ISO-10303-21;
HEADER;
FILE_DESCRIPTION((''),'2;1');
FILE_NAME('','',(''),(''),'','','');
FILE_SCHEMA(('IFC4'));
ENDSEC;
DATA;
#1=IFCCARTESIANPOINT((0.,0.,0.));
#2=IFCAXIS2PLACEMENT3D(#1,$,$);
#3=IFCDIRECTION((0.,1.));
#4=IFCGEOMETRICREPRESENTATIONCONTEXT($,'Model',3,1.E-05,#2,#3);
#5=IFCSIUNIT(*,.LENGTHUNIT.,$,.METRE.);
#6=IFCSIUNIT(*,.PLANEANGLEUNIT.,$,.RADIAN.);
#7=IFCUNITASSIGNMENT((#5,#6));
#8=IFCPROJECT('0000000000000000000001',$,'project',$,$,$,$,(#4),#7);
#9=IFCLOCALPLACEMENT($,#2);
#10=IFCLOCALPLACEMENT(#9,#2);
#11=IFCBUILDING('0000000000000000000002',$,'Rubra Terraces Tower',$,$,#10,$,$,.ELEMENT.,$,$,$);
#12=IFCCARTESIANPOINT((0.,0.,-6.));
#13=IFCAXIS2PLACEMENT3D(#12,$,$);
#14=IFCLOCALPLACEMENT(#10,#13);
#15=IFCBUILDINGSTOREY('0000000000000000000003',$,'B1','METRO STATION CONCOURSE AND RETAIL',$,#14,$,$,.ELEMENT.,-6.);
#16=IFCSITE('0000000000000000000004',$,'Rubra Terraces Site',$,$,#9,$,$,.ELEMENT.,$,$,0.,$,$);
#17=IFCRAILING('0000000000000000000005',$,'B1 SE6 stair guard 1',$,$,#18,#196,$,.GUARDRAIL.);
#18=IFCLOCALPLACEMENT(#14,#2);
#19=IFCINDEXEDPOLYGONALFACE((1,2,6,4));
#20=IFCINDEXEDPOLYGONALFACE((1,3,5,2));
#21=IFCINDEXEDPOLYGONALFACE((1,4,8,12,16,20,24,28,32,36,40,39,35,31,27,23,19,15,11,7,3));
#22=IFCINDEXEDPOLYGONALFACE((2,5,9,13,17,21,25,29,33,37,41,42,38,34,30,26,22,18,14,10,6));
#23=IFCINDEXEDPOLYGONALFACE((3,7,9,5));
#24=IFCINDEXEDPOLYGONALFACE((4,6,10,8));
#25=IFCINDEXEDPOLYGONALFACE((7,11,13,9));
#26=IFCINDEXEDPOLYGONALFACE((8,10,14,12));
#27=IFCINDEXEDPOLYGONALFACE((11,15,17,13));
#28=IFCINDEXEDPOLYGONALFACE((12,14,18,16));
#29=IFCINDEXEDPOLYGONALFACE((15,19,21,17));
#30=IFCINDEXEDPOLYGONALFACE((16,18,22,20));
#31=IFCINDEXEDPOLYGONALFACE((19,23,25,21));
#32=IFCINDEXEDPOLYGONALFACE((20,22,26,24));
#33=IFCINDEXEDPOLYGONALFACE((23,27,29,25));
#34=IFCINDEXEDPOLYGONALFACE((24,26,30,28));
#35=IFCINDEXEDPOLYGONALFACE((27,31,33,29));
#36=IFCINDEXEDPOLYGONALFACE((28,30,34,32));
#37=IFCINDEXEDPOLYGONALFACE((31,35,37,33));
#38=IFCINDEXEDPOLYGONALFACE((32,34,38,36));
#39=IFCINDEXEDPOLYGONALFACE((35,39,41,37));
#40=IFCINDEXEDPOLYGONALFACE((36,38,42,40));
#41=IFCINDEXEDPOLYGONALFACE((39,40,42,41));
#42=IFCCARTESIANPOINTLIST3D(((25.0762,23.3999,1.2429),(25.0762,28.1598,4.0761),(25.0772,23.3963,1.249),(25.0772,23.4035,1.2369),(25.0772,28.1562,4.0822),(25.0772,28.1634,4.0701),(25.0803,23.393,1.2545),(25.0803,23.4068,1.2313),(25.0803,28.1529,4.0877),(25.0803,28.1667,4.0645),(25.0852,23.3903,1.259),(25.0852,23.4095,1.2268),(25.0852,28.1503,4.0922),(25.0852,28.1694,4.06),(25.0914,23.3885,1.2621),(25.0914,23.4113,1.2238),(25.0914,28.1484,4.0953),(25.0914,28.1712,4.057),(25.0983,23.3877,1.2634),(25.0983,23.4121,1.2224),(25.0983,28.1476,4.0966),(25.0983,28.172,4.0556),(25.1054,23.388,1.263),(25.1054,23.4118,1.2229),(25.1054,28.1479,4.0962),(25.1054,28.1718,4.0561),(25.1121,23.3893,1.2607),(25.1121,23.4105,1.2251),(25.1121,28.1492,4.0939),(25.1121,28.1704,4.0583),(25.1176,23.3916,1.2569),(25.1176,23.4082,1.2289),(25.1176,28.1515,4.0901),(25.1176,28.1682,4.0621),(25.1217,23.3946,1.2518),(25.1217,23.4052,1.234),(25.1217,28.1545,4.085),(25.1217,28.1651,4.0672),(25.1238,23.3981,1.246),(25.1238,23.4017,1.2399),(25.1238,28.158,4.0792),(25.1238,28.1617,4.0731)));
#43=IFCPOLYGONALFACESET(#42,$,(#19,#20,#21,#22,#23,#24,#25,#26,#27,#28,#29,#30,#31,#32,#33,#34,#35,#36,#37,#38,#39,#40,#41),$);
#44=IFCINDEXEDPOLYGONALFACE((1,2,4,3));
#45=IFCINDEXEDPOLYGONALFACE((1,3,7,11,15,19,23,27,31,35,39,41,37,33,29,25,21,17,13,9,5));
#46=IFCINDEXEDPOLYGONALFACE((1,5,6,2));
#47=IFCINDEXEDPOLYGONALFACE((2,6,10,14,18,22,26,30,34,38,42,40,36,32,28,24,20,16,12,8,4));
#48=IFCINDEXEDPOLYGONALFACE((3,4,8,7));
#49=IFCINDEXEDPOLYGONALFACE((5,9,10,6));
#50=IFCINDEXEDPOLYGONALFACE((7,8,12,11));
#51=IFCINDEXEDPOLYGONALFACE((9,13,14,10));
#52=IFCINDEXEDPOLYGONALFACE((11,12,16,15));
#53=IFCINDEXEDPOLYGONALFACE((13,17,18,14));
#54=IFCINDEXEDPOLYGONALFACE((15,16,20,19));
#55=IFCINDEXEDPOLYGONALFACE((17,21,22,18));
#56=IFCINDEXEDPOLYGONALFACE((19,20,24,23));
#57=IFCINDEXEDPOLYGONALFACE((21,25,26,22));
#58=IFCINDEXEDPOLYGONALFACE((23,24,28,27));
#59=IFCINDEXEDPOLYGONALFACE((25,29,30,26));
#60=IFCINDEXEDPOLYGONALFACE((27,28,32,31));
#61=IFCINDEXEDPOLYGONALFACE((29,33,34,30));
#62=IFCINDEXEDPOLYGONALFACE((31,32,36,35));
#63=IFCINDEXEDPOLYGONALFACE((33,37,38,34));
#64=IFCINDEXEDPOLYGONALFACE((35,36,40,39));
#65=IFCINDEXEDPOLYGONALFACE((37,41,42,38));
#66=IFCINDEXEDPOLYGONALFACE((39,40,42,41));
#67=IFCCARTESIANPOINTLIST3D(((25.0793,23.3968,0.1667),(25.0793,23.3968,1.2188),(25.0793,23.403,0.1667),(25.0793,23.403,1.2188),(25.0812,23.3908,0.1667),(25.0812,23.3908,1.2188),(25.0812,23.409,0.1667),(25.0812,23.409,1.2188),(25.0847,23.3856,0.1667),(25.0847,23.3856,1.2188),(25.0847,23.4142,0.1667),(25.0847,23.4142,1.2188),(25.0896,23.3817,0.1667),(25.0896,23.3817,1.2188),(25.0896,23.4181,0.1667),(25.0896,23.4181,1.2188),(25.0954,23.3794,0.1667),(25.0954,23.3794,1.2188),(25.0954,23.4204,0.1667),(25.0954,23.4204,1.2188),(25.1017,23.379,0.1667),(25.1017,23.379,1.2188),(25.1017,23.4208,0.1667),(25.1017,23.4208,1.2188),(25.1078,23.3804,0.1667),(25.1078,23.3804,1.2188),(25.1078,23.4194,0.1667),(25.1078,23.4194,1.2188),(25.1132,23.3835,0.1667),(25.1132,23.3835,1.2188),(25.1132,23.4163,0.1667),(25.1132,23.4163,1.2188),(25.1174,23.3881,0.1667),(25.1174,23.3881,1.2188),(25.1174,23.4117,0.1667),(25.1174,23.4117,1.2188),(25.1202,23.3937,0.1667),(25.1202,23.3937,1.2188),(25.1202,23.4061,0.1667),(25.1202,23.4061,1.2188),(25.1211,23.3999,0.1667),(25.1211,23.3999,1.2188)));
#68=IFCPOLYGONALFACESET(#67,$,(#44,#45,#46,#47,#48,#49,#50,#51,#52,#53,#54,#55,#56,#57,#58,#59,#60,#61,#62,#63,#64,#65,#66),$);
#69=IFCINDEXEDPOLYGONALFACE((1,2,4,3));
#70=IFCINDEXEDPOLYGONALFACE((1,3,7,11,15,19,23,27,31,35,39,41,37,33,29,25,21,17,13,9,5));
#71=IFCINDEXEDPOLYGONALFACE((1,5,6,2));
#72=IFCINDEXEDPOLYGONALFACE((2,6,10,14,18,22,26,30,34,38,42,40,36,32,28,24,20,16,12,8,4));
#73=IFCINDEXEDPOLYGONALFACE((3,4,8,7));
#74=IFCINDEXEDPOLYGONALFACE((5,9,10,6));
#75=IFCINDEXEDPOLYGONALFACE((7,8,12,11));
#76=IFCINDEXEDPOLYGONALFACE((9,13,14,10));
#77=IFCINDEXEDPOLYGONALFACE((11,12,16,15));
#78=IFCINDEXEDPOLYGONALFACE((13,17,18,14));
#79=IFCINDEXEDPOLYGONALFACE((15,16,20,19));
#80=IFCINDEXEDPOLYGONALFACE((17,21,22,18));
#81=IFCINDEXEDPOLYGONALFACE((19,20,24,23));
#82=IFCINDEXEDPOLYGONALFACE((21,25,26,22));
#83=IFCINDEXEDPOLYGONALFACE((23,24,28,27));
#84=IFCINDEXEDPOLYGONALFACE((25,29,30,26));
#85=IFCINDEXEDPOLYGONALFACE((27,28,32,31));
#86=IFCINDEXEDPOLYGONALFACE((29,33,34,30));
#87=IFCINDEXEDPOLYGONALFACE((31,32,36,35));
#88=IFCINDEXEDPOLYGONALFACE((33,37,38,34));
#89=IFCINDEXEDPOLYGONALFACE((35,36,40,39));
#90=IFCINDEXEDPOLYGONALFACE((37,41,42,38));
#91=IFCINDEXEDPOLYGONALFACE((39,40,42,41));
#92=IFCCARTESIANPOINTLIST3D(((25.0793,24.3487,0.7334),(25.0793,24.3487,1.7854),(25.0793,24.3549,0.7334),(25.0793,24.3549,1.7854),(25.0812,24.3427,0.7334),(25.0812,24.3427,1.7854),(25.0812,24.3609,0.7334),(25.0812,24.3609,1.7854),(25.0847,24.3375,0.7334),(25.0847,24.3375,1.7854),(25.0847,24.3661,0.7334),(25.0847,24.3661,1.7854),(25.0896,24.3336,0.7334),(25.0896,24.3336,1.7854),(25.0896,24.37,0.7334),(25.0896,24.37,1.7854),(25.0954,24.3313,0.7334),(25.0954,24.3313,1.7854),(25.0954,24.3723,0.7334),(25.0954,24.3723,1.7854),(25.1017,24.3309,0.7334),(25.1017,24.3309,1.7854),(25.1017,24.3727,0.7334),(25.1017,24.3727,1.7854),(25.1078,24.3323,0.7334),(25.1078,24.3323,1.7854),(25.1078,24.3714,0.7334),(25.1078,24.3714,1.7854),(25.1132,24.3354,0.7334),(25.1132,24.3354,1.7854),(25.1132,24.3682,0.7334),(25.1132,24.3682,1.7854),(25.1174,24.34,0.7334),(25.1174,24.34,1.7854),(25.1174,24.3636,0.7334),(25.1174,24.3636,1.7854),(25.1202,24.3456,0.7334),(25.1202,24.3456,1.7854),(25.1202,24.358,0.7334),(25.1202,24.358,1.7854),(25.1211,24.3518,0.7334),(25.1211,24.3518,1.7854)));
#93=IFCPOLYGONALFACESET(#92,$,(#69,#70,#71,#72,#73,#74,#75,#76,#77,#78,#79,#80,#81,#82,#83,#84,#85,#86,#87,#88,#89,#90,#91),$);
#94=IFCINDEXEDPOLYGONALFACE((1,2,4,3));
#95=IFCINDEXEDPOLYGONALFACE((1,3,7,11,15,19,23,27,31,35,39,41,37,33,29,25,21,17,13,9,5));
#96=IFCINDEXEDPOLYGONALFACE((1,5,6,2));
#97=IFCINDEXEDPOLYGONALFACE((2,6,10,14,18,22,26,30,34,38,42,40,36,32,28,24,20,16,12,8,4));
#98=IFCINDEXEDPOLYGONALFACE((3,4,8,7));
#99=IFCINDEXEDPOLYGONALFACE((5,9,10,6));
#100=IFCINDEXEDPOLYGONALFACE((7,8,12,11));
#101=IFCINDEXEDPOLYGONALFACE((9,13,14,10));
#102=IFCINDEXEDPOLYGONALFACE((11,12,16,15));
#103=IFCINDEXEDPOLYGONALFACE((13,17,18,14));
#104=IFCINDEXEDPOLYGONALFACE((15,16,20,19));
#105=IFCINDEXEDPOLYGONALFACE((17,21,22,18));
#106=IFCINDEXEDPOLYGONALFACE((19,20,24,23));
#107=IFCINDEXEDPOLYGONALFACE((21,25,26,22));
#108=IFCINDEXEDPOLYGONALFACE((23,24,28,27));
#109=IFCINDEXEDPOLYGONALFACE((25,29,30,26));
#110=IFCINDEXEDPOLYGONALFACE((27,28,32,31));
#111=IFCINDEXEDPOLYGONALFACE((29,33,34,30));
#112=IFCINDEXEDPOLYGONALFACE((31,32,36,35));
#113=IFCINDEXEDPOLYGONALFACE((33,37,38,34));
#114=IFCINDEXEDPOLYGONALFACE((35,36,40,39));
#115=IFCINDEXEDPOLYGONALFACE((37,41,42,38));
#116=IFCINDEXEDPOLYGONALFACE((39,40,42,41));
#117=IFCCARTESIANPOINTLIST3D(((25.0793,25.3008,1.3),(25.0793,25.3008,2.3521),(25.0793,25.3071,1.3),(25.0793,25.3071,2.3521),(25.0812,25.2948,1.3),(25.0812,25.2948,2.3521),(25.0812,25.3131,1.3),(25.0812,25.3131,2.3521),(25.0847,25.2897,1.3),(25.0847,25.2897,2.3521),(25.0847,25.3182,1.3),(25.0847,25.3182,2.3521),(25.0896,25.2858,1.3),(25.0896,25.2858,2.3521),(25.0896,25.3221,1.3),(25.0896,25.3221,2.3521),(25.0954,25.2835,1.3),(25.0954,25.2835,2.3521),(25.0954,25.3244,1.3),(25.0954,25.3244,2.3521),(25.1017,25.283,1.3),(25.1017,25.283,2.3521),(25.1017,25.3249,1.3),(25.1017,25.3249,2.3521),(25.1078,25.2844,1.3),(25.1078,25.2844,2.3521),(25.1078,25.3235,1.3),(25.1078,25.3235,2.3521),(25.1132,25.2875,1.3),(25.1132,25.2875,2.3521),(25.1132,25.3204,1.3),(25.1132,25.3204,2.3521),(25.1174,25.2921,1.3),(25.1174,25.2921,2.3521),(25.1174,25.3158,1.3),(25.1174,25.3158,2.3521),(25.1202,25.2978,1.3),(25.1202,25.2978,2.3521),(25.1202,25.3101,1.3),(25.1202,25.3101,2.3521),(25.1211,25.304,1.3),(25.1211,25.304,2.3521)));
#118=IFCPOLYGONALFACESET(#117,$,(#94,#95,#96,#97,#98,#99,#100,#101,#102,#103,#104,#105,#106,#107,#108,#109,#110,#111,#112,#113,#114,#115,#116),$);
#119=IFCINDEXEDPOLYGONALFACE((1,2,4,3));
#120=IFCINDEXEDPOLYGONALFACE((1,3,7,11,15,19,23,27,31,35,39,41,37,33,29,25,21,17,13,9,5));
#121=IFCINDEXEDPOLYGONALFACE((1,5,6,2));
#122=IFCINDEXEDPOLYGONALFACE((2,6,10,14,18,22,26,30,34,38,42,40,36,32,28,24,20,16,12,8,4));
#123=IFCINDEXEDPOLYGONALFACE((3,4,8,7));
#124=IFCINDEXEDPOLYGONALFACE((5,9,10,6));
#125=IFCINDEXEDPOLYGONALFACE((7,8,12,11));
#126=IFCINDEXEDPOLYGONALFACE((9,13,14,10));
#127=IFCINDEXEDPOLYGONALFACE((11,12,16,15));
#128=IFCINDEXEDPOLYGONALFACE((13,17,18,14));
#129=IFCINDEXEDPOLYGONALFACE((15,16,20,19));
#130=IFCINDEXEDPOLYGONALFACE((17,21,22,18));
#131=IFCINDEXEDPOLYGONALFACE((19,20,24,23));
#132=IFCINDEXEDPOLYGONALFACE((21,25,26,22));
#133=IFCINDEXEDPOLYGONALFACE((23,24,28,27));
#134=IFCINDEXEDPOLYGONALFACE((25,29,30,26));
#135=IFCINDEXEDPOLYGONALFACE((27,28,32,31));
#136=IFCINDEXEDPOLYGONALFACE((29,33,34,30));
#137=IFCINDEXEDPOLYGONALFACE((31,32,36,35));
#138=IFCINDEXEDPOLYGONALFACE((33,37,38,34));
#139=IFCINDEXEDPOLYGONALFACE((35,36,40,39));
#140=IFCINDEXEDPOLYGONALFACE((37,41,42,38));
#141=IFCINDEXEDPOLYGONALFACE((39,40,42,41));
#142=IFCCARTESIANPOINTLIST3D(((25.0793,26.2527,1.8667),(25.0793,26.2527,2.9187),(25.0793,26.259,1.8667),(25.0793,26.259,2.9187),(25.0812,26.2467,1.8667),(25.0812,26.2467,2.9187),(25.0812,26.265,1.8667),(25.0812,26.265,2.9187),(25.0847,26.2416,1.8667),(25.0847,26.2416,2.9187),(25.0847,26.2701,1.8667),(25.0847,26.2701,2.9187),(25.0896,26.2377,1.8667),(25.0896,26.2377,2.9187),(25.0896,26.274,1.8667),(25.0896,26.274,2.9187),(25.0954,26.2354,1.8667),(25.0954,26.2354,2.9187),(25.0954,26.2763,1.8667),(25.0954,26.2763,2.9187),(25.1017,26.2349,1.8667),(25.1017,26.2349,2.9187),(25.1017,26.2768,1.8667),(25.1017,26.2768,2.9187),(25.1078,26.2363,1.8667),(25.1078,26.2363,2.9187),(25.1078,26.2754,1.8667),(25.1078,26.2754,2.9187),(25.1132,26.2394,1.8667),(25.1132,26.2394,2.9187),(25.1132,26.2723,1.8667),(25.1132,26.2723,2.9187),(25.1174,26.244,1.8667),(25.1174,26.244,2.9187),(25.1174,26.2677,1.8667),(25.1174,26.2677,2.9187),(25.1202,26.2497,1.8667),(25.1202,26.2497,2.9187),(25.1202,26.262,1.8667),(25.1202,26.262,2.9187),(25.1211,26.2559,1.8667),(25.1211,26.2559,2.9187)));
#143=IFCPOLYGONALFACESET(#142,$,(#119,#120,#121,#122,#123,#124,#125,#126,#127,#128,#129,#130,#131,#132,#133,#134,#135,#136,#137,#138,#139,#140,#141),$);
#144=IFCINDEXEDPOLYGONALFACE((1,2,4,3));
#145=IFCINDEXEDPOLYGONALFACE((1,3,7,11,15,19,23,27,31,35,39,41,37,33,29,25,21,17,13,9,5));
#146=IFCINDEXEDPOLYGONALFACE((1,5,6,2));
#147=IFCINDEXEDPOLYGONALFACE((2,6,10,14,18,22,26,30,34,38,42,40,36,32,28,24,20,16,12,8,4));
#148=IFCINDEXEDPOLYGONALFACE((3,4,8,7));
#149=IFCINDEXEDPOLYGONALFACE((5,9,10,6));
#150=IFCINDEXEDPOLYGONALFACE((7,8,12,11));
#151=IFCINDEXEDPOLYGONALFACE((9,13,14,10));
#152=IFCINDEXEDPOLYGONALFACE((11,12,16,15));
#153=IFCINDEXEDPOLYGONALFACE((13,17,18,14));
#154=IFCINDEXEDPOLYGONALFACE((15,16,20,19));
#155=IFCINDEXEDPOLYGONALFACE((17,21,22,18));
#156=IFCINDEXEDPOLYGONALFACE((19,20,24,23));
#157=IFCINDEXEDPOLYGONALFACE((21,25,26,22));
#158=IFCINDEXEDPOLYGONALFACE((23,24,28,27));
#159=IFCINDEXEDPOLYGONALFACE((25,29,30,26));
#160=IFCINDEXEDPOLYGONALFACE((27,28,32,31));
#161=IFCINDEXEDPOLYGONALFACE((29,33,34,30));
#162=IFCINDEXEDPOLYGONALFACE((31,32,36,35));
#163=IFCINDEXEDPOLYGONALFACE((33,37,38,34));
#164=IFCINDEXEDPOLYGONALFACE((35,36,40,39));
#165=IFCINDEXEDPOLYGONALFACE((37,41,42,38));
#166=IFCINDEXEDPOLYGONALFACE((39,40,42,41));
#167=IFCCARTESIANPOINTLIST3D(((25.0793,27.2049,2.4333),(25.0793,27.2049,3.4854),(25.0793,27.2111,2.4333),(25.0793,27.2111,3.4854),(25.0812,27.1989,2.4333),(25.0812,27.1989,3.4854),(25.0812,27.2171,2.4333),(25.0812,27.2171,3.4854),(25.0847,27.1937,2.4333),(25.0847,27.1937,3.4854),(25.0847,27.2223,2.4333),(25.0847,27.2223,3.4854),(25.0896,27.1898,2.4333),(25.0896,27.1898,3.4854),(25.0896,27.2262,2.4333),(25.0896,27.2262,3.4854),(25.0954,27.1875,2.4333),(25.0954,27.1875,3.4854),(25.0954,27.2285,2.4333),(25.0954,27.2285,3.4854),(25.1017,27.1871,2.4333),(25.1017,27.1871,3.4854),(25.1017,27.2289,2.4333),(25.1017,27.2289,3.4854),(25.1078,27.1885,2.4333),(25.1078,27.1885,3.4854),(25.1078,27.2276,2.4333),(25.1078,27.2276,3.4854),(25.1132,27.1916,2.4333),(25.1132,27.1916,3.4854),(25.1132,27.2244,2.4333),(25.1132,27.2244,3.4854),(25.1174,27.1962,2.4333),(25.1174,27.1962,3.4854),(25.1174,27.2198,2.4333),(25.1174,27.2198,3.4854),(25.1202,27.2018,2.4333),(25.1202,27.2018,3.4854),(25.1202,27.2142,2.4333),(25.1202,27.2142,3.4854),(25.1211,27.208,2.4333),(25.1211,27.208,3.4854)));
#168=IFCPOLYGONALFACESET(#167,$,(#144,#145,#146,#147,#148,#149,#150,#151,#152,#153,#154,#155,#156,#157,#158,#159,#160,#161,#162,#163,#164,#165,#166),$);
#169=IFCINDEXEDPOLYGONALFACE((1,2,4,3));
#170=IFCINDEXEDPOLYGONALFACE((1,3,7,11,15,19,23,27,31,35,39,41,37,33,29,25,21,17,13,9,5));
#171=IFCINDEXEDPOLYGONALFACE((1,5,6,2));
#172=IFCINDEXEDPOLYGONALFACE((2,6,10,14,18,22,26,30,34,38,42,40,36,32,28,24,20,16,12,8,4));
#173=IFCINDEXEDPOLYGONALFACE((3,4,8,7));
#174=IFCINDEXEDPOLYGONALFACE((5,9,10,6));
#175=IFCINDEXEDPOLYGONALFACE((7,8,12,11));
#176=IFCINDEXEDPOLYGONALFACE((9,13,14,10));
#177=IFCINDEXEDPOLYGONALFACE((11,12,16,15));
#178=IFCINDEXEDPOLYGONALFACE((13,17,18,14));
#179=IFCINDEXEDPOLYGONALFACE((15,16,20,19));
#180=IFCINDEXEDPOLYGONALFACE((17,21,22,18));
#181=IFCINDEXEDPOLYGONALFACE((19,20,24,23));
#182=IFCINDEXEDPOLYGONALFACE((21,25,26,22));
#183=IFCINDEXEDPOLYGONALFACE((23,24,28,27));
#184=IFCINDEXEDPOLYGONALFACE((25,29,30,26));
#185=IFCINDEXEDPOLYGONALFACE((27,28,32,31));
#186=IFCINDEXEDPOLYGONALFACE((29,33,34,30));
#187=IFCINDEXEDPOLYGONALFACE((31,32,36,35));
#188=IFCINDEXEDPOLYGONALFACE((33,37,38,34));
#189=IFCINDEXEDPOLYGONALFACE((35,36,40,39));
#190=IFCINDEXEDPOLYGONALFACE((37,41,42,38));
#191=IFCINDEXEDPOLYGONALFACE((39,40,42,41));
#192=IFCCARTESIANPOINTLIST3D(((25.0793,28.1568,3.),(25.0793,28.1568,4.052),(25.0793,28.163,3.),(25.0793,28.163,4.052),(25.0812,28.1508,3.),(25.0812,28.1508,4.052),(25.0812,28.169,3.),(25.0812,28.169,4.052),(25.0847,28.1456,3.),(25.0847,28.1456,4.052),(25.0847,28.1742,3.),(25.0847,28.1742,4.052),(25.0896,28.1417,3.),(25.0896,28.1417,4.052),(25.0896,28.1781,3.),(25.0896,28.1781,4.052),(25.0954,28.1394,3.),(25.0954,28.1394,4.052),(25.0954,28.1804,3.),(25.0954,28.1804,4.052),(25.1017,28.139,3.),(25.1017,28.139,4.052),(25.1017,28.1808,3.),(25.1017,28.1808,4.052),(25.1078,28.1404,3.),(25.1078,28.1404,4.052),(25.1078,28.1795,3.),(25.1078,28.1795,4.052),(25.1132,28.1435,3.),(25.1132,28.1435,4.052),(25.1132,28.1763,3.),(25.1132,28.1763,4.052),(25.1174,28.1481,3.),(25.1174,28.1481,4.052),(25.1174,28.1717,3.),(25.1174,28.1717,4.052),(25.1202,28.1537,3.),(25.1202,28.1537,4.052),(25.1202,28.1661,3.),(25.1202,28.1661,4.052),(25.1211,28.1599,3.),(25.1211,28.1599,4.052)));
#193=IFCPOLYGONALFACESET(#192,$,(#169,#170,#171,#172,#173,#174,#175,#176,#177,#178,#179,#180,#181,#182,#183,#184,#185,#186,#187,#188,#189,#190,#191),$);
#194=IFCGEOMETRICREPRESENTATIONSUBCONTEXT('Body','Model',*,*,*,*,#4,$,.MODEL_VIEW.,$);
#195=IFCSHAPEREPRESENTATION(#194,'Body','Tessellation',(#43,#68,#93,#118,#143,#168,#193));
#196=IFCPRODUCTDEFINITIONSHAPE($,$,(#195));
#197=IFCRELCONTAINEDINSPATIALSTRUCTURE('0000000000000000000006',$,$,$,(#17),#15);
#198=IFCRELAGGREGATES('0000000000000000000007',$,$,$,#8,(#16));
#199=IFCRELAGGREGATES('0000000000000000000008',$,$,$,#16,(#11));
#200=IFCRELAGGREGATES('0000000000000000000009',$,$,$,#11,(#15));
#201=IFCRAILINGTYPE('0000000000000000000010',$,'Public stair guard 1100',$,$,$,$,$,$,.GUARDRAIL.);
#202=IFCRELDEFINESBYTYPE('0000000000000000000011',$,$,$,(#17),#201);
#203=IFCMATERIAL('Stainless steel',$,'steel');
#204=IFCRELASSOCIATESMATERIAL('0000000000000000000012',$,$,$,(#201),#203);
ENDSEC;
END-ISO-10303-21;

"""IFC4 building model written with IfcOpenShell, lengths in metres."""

from ifc_helpers import new_model, si_unit, direction, frame, origin, origin_2d, place, context, subcontext, project, spatial, circle, extrude, material, type_object, element, save


model = new_model("IFC4")

# Units and contexts
model_context = context("Model", 3, precision=1e-05, world=origin(), true_north=direction((0.0, 1.0)))
body_context = subcontext(model_context, "Body", "Model", "MODEL_VIEW")
ifc_project = project(units=[si_unit("LENGTHUNIT", "METRE"), si_unit("PLANEANGLEUNIT", "RADIAN")], contexts=[model_context])

# Site, building, storey
site_placement = place(None, origin())
site = spatial("IfcSite", under=ifc_project, at=site_placement, Name="Rubra Terraces Site", CompositionType="ELEMENT", RefElevation=0.0)
building_placement = place(site_placement, origin())
building = spatial("IfcBuilding", under=site, at=building_placement, Name="Rubra Terraces Tower", CompositionType="ELEMENT")
storey_placement = place(building_placement, frame((0.0, 0.0, -6.0)))
storey = spatial("IfcBuildingStorey", under=building, at=storey_placement, Name="B1", Description="METRO STATION CONCOURSE AND RETAIL", CompositionType="ELEMENT", Elevation=-6.0)

# Railing
ifc_material_1 = material(Name="Stainless steel", Category="steel")
railing_type_1 = type_object("IfcRailingType", Name="Public stair guard 1100", PredefinedType="GUARDRAIL", material=ifc_material_1)
railing_1_placement = place(storey_placement, frame((25.1001, 23.3999, 0.1667)))
element("IfcRailing", 1, at=railing_1_placement, inside=storey, type_object=railing_type_1, Name="B1 SE6 stair guard 1", PredefinedType="GUARDRAIL", context=body_context, shape_type="SweptSolid", body=[
    extrude(circle(Radius=0.0239, at=origin_2d()), frame((0.0, 0.0, 1.0762), z_axis=(0.0, 0.8593, 0.511472), x_axis=(-1.0, 0.0, 0.0)), (0.0, 0.0, 1.0), 5.5393),
    extrude(circle(Radius=0.021, at=origin_2d()), origin(), (0.0, 0.0, 1.0), 1.052),
    extrude(circle(Radius=0.021, at=origin_2d()), frame((0.0, 0.9519, 0.5667)), (0.0, 0.0, 1.0), 1.052),
    extrude(circle(Radius=0.021, at=origin_2d()), frame((0.0, 1.9041, 1.1333)), (0.0, 0.0, 1.0), 1.052),
    extrude(circle(Radius=0.021, at=origin_2d()), frame((0.0, 2.856, 1.7)), (0.0, 0.0, 1.0), 1.052),
    extrude(circle(Radius=0.021, at=origin_2d()), frame((0.0, 3.8081, 2.2666)), (0.0, 0.0, 1.0), 1.052),
    extrude(circle(Radius=0.021, at=origin_2d()), frame((0.0, 4.76, 2.8333)), (0.0, 0.0, 1.0), 1.052),
])

save(model, "model.ifc")
